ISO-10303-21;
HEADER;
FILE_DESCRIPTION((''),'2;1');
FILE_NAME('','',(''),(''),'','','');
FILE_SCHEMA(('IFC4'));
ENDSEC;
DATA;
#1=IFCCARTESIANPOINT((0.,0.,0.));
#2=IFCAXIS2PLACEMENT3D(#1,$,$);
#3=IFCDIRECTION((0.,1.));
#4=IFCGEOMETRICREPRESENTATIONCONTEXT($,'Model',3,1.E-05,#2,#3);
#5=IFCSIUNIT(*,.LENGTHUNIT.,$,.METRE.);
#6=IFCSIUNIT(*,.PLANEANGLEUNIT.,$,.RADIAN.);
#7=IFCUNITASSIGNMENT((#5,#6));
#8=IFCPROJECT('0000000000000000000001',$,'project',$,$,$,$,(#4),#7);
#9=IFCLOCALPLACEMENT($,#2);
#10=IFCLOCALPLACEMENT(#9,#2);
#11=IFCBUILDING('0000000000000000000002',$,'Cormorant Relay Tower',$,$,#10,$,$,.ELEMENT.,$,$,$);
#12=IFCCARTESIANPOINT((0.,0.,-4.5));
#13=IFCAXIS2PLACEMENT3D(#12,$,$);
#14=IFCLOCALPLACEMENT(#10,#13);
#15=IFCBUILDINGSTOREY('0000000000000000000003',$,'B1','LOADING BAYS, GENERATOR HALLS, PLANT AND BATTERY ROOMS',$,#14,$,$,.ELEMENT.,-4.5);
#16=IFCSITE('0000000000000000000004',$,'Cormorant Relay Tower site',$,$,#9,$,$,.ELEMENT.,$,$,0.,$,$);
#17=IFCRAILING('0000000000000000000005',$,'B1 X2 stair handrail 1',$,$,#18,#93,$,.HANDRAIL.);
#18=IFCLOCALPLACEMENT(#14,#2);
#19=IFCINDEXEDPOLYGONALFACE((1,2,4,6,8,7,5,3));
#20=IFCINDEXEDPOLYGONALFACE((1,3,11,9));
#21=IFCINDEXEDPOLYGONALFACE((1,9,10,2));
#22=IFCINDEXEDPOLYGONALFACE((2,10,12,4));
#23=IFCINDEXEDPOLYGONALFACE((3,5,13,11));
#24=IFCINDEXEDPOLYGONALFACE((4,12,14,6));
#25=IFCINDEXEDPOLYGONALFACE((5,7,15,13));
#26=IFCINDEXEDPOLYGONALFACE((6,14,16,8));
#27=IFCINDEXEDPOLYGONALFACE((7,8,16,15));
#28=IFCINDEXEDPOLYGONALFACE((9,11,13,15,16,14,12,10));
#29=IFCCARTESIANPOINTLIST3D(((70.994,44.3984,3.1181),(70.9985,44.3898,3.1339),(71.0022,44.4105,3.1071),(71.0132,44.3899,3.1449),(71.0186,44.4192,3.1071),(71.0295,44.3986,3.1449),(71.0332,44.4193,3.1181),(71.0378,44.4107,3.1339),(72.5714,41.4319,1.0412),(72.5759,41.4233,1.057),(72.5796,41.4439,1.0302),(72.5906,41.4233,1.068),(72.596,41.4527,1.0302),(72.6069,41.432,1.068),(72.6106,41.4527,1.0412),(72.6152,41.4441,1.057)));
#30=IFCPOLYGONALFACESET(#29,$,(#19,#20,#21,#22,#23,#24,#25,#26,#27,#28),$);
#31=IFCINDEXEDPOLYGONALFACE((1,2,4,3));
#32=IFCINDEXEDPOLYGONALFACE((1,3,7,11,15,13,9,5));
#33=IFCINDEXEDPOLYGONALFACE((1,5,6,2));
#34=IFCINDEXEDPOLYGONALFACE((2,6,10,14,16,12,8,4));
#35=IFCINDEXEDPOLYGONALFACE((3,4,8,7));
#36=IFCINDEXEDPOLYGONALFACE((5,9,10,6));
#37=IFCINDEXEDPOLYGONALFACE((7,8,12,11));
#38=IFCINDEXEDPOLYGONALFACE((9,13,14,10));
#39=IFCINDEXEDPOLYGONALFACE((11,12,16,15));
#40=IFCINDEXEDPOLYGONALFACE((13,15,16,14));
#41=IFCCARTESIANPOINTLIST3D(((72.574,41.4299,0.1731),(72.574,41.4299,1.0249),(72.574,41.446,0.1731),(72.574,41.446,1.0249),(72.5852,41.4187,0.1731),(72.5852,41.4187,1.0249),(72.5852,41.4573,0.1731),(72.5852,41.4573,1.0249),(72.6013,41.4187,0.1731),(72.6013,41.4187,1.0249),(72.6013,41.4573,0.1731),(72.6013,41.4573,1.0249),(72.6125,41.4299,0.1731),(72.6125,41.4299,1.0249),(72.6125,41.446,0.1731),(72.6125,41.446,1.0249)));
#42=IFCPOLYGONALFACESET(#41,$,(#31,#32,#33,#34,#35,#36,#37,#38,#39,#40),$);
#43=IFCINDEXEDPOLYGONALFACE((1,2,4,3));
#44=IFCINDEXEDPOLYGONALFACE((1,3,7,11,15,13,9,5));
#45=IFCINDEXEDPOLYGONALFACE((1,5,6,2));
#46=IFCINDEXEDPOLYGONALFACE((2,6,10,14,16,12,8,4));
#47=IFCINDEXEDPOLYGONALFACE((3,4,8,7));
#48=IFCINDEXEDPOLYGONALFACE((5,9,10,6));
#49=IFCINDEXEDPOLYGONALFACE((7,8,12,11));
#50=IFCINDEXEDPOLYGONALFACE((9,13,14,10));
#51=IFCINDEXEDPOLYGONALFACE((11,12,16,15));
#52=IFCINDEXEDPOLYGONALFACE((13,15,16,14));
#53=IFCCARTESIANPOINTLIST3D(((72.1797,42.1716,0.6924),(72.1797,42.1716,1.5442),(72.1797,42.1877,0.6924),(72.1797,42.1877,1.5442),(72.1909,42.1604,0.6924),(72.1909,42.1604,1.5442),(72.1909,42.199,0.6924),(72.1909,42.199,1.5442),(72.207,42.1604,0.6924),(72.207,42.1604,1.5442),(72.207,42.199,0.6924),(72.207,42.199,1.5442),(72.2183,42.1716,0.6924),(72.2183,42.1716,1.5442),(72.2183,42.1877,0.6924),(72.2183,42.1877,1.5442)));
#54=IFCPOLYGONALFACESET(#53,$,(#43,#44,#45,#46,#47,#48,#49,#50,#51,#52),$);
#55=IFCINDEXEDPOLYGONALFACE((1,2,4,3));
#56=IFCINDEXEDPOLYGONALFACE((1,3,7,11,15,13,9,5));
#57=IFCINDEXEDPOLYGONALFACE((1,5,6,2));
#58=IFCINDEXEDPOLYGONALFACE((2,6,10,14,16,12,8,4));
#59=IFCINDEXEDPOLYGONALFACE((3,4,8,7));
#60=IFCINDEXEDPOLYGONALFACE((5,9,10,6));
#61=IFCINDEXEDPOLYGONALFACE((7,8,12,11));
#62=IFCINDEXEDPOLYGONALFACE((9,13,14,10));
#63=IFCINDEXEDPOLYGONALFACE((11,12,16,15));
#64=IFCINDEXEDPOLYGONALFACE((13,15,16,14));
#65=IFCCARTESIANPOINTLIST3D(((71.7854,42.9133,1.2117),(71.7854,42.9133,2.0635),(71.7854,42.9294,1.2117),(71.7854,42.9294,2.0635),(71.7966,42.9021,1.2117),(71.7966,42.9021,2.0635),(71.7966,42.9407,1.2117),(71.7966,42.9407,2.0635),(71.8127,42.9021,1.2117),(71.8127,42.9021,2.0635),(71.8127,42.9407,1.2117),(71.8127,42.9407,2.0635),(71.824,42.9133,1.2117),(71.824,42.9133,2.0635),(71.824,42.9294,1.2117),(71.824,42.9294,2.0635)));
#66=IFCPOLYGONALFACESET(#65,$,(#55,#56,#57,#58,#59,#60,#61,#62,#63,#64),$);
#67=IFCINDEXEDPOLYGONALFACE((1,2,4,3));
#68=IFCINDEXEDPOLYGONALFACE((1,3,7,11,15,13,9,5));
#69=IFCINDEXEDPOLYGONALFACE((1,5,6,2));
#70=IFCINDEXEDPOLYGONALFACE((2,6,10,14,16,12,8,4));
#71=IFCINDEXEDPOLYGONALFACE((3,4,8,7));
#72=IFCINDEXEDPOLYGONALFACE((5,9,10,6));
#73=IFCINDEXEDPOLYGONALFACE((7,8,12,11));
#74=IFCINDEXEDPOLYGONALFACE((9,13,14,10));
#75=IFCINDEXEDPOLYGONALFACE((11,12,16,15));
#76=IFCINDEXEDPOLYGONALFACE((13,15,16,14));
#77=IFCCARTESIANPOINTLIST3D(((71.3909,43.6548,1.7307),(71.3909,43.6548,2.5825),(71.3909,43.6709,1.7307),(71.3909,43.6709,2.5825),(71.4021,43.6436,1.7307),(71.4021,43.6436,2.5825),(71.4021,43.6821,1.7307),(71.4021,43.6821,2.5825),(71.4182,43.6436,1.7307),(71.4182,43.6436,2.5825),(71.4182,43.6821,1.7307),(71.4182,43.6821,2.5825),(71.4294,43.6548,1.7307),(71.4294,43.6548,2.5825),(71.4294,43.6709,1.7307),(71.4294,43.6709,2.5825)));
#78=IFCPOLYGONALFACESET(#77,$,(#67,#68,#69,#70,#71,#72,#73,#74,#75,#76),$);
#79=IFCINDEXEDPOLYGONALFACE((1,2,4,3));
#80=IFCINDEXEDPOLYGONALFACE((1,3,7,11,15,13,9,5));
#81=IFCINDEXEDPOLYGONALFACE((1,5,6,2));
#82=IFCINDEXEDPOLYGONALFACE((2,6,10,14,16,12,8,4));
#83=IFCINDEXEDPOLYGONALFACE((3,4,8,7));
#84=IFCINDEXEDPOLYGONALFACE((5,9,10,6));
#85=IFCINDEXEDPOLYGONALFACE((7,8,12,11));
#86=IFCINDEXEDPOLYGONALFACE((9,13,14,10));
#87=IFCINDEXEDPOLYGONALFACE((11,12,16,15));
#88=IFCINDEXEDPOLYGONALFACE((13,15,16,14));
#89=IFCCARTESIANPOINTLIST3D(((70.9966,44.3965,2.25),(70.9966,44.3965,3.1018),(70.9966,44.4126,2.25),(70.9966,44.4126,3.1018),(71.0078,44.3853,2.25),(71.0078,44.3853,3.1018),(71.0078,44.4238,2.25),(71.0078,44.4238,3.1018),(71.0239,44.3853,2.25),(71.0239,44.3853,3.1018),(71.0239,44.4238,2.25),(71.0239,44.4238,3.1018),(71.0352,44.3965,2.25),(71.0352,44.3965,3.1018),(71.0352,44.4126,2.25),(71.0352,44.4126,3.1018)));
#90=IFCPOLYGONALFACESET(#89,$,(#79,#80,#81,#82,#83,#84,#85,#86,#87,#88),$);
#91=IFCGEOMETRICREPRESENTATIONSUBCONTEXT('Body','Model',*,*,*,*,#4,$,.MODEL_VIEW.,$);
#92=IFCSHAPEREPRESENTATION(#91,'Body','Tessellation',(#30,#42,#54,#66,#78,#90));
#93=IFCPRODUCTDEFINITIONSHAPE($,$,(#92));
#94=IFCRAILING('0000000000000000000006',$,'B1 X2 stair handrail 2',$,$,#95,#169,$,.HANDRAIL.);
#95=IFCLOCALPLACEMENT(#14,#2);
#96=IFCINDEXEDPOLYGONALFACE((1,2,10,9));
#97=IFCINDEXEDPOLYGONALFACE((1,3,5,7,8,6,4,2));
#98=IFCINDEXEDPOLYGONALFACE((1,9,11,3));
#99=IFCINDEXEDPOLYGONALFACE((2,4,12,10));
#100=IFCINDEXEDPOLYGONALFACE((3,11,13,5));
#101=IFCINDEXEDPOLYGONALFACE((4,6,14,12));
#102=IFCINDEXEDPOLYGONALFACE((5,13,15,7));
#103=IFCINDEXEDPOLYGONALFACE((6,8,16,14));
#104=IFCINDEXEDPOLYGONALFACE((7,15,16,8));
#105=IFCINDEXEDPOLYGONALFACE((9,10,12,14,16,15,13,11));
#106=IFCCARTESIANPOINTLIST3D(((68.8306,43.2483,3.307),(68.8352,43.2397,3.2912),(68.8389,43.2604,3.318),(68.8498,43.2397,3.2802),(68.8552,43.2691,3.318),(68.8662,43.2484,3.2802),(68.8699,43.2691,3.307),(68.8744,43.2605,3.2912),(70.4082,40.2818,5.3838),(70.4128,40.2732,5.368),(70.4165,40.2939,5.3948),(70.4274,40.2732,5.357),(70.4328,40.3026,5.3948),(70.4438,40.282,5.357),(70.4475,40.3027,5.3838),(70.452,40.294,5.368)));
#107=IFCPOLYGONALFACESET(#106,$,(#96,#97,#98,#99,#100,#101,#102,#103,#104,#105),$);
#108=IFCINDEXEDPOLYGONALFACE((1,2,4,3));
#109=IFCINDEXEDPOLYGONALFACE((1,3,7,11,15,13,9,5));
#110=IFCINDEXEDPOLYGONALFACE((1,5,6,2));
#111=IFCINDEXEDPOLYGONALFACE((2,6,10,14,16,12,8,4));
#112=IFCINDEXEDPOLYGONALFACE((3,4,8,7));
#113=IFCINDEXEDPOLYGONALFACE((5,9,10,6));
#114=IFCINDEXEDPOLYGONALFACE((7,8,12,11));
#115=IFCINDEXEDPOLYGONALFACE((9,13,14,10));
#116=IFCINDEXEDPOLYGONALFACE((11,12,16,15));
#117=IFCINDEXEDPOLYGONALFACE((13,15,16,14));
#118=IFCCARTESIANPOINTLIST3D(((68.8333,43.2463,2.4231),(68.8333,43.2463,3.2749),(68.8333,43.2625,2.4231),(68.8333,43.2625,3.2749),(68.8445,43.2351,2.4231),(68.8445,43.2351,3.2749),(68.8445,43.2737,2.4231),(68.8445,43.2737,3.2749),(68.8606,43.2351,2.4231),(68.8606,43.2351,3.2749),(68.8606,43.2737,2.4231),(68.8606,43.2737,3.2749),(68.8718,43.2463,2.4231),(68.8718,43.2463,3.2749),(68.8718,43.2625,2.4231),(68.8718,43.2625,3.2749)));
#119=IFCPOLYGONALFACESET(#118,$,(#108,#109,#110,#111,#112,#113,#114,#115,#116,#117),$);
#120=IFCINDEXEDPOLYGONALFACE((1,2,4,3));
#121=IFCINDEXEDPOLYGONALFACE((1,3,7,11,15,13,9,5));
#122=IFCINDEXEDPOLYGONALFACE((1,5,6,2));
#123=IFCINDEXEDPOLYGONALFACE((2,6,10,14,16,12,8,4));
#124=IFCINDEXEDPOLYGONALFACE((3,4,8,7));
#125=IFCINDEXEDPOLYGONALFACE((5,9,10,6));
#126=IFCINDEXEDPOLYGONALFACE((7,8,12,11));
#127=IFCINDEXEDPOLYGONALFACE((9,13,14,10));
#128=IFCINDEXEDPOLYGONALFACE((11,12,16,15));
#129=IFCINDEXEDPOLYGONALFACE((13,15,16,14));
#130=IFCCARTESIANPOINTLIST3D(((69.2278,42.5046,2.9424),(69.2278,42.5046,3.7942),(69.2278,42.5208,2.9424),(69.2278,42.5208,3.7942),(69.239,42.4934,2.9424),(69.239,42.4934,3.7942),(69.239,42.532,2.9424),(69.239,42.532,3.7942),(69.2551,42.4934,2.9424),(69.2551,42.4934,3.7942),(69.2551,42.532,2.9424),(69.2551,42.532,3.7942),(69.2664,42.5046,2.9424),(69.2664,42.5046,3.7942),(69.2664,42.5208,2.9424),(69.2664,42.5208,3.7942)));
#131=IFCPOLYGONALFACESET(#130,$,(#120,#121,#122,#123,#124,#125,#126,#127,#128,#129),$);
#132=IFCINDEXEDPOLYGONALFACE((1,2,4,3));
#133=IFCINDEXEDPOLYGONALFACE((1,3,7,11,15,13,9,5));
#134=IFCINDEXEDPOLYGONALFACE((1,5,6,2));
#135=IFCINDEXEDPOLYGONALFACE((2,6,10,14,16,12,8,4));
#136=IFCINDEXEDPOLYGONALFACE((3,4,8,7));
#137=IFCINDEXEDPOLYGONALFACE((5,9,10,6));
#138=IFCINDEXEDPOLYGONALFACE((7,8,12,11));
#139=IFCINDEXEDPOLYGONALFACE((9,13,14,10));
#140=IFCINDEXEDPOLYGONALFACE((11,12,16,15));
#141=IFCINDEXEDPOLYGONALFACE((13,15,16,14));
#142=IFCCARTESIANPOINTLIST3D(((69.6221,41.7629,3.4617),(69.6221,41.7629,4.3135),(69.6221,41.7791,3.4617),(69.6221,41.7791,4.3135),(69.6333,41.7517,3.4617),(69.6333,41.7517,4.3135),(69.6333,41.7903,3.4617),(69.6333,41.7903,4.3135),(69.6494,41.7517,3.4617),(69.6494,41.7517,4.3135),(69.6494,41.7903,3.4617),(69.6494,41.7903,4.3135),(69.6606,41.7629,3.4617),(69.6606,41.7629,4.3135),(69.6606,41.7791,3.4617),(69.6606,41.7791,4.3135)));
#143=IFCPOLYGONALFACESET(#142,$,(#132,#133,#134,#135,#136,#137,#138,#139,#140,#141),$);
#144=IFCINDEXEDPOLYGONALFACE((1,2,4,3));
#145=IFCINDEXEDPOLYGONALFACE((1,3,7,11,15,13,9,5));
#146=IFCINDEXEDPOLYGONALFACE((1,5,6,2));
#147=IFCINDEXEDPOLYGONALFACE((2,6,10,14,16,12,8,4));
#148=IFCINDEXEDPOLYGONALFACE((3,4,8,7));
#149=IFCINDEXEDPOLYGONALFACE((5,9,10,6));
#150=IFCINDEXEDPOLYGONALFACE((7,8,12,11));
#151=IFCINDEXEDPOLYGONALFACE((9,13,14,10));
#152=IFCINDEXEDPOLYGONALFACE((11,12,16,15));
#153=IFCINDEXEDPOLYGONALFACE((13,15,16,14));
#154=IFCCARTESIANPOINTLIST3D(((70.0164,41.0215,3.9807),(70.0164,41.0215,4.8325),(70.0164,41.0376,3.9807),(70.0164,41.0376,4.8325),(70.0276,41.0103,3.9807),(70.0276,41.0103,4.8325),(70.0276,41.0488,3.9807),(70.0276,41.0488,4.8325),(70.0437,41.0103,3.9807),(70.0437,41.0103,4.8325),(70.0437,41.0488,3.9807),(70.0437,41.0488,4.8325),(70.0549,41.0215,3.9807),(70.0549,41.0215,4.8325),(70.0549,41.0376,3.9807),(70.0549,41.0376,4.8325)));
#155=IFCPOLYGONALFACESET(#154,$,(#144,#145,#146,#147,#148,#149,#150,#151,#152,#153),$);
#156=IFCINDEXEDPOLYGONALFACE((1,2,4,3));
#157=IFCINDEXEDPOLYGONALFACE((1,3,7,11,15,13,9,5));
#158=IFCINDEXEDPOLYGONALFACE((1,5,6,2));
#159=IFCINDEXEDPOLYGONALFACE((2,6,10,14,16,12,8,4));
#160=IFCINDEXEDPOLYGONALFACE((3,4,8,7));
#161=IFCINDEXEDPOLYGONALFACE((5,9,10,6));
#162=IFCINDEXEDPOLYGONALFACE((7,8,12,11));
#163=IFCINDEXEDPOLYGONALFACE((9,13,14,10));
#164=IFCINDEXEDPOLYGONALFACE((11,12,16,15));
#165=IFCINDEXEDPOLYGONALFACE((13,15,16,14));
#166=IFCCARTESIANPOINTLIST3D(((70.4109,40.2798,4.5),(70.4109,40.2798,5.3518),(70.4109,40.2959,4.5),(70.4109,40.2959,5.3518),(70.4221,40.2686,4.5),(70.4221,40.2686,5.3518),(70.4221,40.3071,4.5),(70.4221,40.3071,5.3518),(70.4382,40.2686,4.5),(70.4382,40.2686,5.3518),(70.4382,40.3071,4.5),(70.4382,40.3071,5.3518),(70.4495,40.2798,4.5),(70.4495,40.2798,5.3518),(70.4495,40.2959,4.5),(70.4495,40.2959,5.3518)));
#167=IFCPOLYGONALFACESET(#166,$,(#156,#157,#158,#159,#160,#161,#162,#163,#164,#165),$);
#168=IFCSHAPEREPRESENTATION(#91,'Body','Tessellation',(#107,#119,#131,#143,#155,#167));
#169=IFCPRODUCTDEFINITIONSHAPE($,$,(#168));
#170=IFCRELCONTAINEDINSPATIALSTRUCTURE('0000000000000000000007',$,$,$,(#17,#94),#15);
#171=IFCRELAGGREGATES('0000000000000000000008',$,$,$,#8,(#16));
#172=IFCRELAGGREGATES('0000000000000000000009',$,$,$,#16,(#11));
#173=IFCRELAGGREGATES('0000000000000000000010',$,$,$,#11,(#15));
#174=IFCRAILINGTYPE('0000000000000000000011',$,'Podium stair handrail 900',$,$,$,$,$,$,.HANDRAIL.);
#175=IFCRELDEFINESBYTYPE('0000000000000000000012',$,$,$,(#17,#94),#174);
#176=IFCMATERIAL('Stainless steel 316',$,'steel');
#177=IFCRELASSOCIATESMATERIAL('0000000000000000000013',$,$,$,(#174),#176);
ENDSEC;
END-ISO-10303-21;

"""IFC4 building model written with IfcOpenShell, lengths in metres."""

from ifc_helpers import new_model, si_unit, direction, frame, origin, place, context, subcontext, project, spatial, polyline, outline, extrude, material, type_object, element, save


model = new_model("IFC4")

# Units and contexts
model_context = context("Model", 3, precision=1e-05, world=origin(), true_north=direction((0.0, 1.0)))
body_context = subcontext(model_context, "Body", "Model", "MODEL_VIEW")
ifc_project = project(units=[si_unit("LENGTHUNIT", "METRE"), si_unit("PLANEANGLEUNIT", "RADIAN")], contexts=[model_context])

# Site, building, storey
site_placement = place(None, origin())
site = spatial("IfcSite", under=ifc_project, at=site_placement, Name="Cormorant Relay Tower site", CompositionType="ELEMENT", RefElevation=0.0)
building_placement = place(site_placement, origin())
building = spatial("IfcBuilding", under=site, at=building_placement, Name="Cormorant Relay Tower", CompositionType="ELEMENT")
storey_placement = place(building_placement, frame((0.0, 0.0, -4.5)))
storey = spatial("IfcBuildingStorey", under=building, at=storey_placement, Name="B1", Description="LOADING BAYS, GENERATOR HALLS, PLANT AND BATTERY ROOMS", CompositionType="ELEMENT", Elevation=-4.5)

# Railings
ifc_material_1 = material(Name="Stainless steel 316", Category="steel")
railing_type_1 = type_object("IfcRailingType", Name="Podium stair handrail 900", PredefinedType="HANDRAIL", material=ifc_material_1)
railing_1_placement = place(storey_placement, frame((72.5933, 41.438, 0.1731)))
element("IfcRailing", 1, at=railing_1_placement, inside=storey, type_object=railing_type_1, Name="B1 X2 stair handrail 1", PredefinedType="HANDRAIL", context=body_context, shape_type="SweptSolid", body=[
    extrude(outline(polyline([(0.0222, 0.0093), (0.0093, 0.0222), (-0.0093, 0.0222), (-0.0222, 0.0093), (-0.0222, -0.0093), (-0.0093, -0.0222), (0.0093, -0.0222), (0.0222, -0.0093), (0.0222, 0.0093)])), frame((0.0, 0.0, 0.876), z_axis=(-0.399345, 0.751035, 0.525805), x_axis=(-0.882942, -0.469483, 0.0)), (0.0, 0.0, 1.0), 3.95),
    extrude(outline(polyline([(0.0193, 0.0081), (0.0081, 0.0193), (-0.0081, 0.0193), (-0.0193, 0.0081), (-0.0193, -0.0081), (-0.0081, -0.0193), (0.0081, -0.0193), (0.0193, -0.0081), (0.0193, 0.0081)])), origin(), (0.0, 0.0, 1.0), 0.8518),
    extrude(outline(polyline([(0.0193, 0.0081), (0.0081, 0.0193), (-0.0081, 0.0193), (-0.0193, 0.0081), (-0.0193, -0.0081), (-0.0081, -0.0193), (0.0081, -0.0193), (0.0193, -0.0081), (0.0193, 0.0081)])), frame((-0.3943, 0.7417, 0.5193)), (0.0, 0.0, 1.0), 0.8518),
    extrude(outline(polyline([(0.0193, 0.0081), (0.0081, 0.0193), (-0.0081, 0.0193), (-0.0193, 0.0081), (-0.0193, -0.0081), (-0.0081, -0.0193), (0.0081, -0.0193), (0.0193, -0.0081), (0.0193, 0.0081)])), frame((-0.7886, 1.4834, 1.0386)), (0.0, 0.0, 1.0), 0.8518),
    extrude(outline(polyline([(0.0193, 0.0081), (0.0081, 0.0193), (-0.0081, 0.0193), (-0.0193, 0.0081), (-0.0193, -0.0081), (-0.0081, -0.0193), (0.0081, -0.0193), (0.0193, -0.0081), (0.0193, 0.0081)])), frame((-1.1831, 2.2249, 1.5576)), (0.0, 0.0, 1.0), 0.8518),
    extrude(outline(polyline([(0.0193, 0.0081), (0.0081, 0.0193), (-0.0081, 0.0193), (-0.0193, 0.0081), (-0.0193, -0.0081), (-0.0081, -0.0193), (0.0081, -0.0193), (0.0193, -0.0081), (0.0193, 0.0081)])), frame((-1.5774, 2.9666, 2.0769)), (0.0, 0.0, 1.0), 0.8518),
])
railing_2_placement = place(storey_placement, frame((68.8525, 43.2544, 2.4231)))
element("IfcRailing", 2, at=railing_2_placement, inside=storey, type_object=railing_type_1, Name="B1 X2 stair handrail 2", PredefinedType="HANDRAIL", context=body_context, shape_type="SweptSolid", body=[
    extrude(outline(polyline([(0.0222, 0.0093), (0.0093, 0.0222), (-0.0093, 0.0222), (-0.0222, 0.0093), (-0.0222, -0.0093), (-0.0093, -0.0222), (0.0093, -0.0222), (0.0222, -0.0093), (0.0222, 0.0093)])), frame((0.0, 0.0, 0.876), z_axis=(0.399397, -0.751016, 0.525792), x_axis=(0.882911, 0.469539, 0.0)), (0.0, 0.0, 1.0), 3.95),
    extrude(outline(polyline([(0.0193, 0.0081), (0.0081, 0.0193), (-0.0081, 0.0193), (-0.0193, 0.0081), (-0.0193, -0.0081), (-0.0081, -0.0193), (0.0081, -0.0193), (0.0193, -0.0081), (0.0193, 0.0081)])), origin(), (0.0, 0.0, 1.0), 0.8518),
    extrude(outline(polyline([(0.0193, 0.0081), (0.0081, 0.0193), (-0.0081, 0.0193), (-0.0193, 0.0081), (-0.0193, -0.0081), (-0.0081, -0.0193), (0.0081, -0.0193), (0.0193, -0.0081), (0.0193, 0.0081)])), frame((0.3945, -0.7417, 0.5193)), (0.0, 0.0, 1.0), 0.8518),
    extrude(outline(polyline([(0.0193, 0.0081), (0.0081, 0.0193), (-0.0081, 0.0193), (-0.0193, 0.0081), (-0.0193, -0.0081), (-0.0081, -0.0193), (0.0081, -0.0193), (0.0193, -0.0081), (0.0193, 0.0081)])), frame((0.7888, -1.4834, 1.0386)), (0.0, 0.0, 1.0), 0.8518),
    extrude(outline(polyline([(0.0193, 0.0081), (0.0081, 0.0193), (-0.0081, 0.0193), (-0.0193, 0.0081), (-0.0193, -0.0081), (-0.0081, -0.0193), (0.0081, -0.0193), (0.0193, -0.0081), (0.0193, 0.0081)])), frame((1.1831, -2.2249, 1.5576)), (0.0, 0.0, 1.0), 0.8518),
    extrude(outline(polyline([(0.0193, 0.0081), (0.0081, 0.0193), (-0.0081, 0.0193), (-0.0193, 0.0081), (-0.0193, -0.0081), (-0.0081, -0.0193), (0.0081, -0.0193), (0.0193, -0.0081), (0.0193, 0.0081)])), frame((1.5776, -2.9666, 2.0769)), (0.0, 0.0, 1.0), 0.8518),
])

save(model, "model.ifc")
